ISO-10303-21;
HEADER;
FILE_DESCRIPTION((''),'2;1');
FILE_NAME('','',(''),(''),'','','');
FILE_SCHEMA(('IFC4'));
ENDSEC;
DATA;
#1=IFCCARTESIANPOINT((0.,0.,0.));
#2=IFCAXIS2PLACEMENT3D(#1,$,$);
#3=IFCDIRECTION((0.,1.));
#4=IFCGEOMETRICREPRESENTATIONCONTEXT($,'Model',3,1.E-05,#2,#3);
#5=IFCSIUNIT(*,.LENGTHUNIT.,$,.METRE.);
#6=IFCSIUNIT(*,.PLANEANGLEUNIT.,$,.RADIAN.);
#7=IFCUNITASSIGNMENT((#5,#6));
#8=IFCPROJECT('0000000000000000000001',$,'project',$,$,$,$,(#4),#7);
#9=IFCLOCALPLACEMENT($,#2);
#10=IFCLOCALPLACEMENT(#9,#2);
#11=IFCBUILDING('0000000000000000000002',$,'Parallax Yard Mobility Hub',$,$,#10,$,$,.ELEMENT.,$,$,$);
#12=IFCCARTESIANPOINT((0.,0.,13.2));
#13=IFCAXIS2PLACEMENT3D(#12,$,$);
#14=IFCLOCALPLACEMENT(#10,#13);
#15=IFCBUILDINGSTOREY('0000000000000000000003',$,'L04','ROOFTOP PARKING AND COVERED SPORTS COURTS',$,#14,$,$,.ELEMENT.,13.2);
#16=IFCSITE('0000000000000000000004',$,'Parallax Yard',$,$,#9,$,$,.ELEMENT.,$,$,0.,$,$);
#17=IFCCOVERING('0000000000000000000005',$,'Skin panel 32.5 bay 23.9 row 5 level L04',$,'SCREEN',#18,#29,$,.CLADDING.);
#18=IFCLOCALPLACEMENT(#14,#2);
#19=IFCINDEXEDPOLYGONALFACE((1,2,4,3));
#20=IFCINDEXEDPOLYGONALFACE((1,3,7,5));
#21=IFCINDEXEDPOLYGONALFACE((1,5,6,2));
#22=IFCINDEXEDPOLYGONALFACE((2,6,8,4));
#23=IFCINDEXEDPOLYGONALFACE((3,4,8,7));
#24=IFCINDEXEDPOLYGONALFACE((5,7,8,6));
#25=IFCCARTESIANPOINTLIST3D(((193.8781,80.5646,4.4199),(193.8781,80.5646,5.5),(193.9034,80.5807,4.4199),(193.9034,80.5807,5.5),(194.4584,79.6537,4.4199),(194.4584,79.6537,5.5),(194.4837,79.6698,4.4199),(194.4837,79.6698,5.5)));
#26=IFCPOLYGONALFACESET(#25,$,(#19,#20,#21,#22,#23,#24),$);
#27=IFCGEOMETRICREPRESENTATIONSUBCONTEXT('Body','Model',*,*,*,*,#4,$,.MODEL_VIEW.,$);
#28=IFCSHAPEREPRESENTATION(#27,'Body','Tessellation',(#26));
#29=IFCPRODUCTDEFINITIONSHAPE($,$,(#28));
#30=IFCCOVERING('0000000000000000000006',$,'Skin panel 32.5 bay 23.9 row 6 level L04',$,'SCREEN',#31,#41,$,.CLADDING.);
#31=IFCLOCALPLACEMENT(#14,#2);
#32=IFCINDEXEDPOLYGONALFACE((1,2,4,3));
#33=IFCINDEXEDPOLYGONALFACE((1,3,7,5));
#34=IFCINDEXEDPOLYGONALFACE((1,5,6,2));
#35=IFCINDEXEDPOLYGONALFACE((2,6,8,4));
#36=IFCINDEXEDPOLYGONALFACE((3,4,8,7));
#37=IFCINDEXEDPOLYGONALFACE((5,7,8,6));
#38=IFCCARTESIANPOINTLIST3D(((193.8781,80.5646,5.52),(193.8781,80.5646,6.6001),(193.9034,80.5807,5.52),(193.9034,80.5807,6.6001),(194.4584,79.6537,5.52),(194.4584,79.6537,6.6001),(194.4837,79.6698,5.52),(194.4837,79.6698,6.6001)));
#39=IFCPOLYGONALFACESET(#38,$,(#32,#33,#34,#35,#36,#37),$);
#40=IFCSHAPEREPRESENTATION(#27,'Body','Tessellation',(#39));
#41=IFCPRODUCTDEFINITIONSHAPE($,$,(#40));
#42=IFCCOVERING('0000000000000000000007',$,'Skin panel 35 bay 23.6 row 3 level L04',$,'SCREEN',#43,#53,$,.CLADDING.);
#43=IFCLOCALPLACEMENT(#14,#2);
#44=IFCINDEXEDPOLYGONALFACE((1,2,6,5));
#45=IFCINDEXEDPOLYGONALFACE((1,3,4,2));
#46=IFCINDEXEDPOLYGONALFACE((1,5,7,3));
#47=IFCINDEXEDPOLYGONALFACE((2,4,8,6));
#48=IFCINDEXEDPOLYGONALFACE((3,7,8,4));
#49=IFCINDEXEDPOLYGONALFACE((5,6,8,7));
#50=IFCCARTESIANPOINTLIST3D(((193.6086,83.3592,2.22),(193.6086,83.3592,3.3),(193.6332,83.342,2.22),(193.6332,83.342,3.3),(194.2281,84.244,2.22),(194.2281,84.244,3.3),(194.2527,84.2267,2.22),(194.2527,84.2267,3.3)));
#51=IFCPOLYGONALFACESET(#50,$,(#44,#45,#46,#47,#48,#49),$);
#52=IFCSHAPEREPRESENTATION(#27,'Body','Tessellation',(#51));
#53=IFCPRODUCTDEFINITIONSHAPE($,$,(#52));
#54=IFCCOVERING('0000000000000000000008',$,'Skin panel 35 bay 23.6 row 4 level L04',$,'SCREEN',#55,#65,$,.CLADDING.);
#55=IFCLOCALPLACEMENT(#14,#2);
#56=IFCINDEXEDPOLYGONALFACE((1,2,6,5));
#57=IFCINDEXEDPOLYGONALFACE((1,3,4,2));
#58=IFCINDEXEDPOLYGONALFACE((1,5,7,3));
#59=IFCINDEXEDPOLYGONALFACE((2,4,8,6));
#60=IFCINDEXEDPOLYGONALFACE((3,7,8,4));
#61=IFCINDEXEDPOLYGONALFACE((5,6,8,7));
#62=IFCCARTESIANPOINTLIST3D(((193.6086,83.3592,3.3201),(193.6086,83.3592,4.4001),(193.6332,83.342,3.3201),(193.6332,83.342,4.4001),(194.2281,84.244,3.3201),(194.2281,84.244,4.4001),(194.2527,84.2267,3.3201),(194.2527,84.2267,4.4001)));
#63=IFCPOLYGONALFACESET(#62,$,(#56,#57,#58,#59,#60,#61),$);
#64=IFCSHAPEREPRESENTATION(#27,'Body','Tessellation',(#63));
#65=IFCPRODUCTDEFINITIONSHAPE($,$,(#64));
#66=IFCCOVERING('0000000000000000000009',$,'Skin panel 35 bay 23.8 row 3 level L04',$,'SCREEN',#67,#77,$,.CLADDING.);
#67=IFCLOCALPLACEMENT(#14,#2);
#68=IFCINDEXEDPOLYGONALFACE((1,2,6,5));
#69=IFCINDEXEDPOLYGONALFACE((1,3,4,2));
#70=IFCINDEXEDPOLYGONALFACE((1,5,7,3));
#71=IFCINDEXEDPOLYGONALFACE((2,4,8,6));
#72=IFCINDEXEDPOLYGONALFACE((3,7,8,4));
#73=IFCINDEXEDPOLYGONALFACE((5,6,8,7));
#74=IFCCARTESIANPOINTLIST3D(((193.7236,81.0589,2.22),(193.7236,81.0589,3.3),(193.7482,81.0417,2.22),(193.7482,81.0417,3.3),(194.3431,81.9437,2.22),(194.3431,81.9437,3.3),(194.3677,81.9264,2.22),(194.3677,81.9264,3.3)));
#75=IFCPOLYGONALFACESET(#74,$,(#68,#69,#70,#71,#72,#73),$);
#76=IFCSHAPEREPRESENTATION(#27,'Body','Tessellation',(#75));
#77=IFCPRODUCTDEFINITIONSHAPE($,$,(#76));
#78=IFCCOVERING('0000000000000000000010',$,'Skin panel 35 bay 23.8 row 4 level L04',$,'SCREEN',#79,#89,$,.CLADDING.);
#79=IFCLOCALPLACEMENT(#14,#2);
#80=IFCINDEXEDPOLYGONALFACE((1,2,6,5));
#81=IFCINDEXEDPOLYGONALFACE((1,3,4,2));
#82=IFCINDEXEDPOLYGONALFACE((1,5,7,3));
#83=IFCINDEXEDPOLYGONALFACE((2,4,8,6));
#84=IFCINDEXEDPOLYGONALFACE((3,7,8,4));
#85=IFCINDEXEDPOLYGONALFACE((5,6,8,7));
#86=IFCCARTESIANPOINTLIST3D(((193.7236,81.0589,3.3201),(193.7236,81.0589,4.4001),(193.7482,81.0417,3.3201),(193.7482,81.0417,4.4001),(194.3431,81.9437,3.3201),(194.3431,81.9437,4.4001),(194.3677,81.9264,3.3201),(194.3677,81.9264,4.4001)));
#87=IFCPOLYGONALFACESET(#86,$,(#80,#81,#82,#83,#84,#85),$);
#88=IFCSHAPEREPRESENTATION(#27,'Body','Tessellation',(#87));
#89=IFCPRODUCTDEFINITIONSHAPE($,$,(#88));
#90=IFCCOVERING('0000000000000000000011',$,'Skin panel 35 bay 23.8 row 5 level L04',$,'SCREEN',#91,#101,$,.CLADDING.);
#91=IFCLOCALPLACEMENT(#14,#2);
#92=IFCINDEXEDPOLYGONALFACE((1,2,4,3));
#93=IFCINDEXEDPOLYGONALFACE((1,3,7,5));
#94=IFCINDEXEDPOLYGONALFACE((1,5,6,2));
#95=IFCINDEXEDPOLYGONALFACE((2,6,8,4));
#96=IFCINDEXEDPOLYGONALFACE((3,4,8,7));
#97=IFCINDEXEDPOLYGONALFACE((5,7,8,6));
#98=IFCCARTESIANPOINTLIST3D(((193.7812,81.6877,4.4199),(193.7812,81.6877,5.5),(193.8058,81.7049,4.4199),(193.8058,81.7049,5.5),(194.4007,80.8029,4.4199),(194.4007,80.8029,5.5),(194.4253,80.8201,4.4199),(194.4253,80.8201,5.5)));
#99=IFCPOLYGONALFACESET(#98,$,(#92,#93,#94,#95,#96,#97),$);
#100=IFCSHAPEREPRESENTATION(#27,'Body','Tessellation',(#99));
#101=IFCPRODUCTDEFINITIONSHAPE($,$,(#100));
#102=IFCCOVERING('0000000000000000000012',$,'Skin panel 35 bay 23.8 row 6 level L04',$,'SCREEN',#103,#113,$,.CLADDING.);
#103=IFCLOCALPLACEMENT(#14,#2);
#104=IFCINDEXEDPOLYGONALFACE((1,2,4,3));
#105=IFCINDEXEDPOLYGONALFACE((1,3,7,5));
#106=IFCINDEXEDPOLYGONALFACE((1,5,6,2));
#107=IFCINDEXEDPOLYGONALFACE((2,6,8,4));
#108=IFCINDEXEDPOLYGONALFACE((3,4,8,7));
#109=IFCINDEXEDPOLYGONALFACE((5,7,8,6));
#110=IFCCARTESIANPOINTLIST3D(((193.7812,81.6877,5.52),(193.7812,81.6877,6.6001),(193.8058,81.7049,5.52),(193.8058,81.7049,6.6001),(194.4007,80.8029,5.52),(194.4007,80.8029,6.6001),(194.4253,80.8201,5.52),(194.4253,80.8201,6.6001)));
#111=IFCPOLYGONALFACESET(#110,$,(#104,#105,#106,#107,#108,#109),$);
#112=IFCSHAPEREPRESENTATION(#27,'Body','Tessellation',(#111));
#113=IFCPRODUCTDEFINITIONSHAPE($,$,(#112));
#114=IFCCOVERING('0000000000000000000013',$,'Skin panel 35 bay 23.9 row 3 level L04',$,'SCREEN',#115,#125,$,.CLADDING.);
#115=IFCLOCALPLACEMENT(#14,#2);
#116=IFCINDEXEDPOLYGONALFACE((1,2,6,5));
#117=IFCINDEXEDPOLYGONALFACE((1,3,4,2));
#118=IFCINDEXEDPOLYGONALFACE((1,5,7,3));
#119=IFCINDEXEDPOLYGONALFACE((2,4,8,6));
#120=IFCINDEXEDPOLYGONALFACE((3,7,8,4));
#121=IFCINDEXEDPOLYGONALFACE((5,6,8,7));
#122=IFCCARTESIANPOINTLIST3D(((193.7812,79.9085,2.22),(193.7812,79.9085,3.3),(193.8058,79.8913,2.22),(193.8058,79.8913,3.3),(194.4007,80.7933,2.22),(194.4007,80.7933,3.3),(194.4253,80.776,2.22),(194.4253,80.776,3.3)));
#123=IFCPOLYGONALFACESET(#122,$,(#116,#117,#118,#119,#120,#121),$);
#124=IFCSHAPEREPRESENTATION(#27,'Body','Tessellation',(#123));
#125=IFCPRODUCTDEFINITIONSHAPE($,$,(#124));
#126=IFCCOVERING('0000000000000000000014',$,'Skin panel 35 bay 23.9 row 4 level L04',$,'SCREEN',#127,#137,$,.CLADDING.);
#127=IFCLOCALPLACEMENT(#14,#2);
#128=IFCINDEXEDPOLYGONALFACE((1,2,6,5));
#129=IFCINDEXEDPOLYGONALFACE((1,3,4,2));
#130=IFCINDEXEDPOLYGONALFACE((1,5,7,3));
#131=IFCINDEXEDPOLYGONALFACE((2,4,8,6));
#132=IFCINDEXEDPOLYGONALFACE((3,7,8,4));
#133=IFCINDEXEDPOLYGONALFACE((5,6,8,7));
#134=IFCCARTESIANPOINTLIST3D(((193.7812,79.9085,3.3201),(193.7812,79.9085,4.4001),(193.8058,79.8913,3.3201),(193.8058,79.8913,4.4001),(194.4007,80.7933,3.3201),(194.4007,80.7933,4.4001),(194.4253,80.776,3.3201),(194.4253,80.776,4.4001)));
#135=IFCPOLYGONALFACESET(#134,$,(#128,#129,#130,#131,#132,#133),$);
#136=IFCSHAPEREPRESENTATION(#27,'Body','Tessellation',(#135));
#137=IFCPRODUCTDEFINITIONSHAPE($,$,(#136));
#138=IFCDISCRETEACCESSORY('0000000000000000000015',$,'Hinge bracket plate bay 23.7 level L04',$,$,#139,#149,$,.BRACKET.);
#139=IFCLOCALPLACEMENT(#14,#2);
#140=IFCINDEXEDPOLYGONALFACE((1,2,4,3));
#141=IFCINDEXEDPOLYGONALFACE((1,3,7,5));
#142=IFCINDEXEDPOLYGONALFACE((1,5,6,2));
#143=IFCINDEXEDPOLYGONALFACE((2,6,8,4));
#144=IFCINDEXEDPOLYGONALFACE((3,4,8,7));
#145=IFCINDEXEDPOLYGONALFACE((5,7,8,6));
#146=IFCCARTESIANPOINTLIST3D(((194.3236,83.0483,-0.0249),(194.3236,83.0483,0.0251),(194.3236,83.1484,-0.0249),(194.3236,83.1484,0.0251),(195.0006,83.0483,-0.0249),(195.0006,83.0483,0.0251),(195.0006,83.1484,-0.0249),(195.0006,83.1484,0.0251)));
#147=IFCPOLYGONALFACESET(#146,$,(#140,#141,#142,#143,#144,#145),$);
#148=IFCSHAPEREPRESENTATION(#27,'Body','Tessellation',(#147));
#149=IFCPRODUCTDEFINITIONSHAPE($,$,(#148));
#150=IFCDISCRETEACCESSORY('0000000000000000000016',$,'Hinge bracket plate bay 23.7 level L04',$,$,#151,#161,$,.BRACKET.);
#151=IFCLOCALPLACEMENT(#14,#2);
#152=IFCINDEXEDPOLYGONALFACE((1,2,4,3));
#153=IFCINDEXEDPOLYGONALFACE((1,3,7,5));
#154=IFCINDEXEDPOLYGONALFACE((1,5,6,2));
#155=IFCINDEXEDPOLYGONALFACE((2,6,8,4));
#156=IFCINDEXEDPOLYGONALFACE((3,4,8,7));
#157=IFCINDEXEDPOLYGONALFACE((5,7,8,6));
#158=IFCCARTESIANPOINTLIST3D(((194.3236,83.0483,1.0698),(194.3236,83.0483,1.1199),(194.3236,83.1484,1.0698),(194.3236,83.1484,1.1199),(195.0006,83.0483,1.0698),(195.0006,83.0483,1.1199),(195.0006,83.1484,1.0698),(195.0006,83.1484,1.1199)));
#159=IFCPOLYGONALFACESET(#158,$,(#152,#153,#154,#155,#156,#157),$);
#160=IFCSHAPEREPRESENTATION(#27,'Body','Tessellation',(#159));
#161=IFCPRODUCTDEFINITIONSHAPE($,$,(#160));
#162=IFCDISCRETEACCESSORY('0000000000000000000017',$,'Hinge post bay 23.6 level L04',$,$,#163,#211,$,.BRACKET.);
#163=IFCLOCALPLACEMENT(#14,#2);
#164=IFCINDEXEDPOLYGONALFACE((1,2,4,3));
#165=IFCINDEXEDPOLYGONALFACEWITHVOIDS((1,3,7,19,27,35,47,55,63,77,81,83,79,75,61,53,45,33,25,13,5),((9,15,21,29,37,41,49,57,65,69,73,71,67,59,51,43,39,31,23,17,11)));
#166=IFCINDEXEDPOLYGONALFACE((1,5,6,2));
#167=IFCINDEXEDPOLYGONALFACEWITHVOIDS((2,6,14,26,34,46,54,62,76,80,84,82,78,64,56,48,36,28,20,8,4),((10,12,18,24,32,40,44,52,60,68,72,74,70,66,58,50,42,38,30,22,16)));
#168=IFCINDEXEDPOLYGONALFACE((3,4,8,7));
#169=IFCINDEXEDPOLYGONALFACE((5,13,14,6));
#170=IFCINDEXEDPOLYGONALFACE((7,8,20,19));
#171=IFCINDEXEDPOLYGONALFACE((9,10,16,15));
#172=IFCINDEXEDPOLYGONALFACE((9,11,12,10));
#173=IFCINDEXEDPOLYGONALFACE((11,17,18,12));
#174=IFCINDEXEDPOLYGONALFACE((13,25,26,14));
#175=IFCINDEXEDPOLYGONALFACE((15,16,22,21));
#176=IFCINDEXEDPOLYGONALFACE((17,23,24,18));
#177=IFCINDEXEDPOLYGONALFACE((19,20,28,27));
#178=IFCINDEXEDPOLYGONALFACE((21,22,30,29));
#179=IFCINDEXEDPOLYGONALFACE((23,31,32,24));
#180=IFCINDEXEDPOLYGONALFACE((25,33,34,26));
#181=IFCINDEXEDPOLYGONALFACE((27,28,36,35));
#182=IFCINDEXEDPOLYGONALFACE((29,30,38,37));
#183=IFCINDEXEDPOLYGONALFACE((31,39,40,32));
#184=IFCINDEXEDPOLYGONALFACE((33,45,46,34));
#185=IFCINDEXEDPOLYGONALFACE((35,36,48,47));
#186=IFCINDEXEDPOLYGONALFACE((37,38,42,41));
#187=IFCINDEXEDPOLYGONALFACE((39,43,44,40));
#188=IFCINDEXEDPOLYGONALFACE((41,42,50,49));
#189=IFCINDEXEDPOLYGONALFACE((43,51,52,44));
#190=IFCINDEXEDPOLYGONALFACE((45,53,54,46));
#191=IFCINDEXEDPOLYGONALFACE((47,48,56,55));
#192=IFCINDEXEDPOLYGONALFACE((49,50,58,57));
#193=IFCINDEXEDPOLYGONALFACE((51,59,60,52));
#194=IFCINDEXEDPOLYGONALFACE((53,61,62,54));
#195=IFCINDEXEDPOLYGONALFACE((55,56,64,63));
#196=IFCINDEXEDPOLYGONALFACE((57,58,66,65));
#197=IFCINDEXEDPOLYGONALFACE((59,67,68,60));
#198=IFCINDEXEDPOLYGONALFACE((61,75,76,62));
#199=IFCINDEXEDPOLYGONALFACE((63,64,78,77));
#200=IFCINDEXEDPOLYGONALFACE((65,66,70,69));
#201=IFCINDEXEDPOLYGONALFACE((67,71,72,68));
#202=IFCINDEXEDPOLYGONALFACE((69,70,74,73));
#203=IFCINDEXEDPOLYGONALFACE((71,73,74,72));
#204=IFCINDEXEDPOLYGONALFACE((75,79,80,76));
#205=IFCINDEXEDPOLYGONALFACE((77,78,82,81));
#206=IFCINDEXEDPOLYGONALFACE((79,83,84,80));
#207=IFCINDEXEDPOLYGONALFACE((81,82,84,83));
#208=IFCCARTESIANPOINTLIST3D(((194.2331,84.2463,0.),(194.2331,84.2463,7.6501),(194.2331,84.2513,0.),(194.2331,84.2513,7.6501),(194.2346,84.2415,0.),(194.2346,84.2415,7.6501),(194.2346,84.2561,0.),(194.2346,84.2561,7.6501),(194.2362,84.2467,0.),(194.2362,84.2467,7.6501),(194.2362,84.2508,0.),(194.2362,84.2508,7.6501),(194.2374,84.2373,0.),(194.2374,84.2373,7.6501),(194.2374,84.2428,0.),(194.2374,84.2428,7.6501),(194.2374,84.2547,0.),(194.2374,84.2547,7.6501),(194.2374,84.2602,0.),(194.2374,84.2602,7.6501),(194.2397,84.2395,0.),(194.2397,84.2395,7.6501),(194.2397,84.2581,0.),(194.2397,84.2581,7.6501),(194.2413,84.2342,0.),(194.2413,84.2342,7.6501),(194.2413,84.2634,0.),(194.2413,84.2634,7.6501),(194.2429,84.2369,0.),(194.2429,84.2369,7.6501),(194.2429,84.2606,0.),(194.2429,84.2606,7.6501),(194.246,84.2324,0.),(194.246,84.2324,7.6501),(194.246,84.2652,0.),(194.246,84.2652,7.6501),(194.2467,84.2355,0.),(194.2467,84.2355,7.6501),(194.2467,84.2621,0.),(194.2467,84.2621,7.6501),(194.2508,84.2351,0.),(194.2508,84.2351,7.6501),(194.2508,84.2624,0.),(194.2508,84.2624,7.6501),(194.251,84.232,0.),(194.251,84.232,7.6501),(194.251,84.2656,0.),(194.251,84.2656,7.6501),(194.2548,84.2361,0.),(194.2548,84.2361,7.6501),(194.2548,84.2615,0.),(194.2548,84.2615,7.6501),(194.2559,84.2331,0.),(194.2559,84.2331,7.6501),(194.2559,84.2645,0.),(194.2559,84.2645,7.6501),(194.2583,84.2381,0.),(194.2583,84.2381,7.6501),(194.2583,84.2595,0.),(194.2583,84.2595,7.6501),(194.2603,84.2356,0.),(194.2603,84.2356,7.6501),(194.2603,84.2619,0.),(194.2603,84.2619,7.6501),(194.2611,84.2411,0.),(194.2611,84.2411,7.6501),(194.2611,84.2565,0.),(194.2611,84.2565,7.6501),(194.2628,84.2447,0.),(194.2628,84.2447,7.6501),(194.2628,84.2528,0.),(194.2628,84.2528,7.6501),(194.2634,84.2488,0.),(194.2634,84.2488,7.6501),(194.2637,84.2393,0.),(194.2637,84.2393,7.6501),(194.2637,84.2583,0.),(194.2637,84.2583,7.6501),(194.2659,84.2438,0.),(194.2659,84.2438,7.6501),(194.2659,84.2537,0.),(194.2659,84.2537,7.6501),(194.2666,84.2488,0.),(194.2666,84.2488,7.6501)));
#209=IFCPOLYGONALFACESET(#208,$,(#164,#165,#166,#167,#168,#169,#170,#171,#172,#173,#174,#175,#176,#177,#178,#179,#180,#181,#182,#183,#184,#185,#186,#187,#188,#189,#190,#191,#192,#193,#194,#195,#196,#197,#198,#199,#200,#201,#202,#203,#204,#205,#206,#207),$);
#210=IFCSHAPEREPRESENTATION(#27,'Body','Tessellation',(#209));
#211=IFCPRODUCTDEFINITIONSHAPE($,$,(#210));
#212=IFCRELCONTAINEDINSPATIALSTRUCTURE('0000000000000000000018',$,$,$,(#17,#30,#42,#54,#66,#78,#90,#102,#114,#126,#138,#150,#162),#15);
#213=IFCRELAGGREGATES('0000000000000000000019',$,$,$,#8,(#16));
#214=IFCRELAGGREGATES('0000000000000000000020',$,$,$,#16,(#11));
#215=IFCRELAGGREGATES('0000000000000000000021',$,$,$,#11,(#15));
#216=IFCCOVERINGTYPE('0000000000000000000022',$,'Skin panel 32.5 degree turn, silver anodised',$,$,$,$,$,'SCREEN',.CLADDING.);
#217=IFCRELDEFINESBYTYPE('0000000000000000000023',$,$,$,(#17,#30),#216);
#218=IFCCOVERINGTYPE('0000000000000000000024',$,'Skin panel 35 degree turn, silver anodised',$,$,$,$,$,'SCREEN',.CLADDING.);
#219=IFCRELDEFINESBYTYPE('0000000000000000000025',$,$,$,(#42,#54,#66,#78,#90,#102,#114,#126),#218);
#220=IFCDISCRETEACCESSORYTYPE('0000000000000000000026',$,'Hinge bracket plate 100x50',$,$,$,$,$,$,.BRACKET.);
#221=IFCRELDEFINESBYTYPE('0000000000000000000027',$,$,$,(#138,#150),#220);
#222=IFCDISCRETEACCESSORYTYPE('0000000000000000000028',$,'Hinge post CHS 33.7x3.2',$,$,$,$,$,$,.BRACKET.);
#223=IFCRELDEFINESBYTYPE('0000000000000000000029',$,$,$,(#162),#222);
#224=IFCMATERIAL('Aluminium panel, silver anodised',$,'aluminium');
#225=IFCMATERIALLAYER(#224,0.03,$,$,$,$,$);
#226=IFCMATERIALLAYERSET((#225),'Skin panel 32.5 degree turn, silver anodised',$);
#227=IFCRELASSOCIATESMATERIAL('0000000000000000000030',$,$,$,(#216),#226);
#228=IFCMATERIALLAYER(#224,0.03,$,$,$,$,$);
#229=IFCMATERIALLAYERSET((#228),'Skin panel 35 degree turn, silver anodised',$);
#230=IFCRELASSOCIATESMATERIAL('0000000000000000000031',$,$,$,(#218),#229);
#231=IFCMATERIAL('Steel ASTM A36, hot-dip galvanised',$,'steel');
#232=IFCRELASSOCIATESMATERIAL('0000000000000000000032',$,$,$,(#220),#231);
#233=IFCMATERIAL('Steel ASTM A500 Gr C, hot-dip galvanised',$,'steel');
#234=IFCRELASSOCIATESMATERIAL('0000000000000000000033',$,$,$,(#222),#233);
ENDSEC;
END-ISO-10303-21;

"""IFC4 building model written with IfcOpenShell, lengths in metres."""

from ifc_helpers import new_model, si_unit, direction, frame, origin, origin_2d, place, context, subcontext, project, spatial, rectangle, hollow_circle, extrude, material, layer, layer_set, material_profile, profile_set, type_object, element, save


model = new_model("IFC4")

# Units and contexts
model_context = context("Model", 3, precision=1e-05, world=origin(), true_north=direction((0.0, 1.0)))
body_context = subcontext(model_context, "Body", "Model", "MODEL_VIEW")
ifc_project = project(units=[si_unit("LENGTHUNIT", "METRE"), si_unit("PLANEANGLEUNIT", "RADIAN")], contexts=[model_context])

# Site, building, storey
site_placement = place(None, origin())
site = spatial("IfcSite", under=ifc_project, at=site_placement, Name="Parallax Yard", CompositionType="ELEMENT", RefElevation=0.0)
building_placement = place(site_placement, origin())
building = spatial("IfcBuilding", under=site, at=building_placement, Name="Parallax Yard Mobility Hub", CompositionType="ELEMENT")
storey_placement = place(building_placement, frame((0.0, 0.0, 13.2)))
storey = spatial("IfcBuildingStorey", under=building, at=storey_placement, Name="L04", Description="ROOFTOP PARKING AND COVERED SPORTS COURTS", CompositionType="ELEMENT", Elevation=13.2)

# Coverings
ifc_material_1 = material(Name="Aluminium panel, silver anodised", Category="aluminium")
ifc_layer_1 = layer(ifc_material_1, 0.03)
ifc_layer_set_1 = layer_set([ifc_layer_1], Name="Skin panel 32.5 degree turn, silver anodised")
covering_type_1 = type_object("IfcCoveringType", Name="Skin panel 32.5 degree turn, silver anodised", ElementType="SCREEN", PredefinedType="CLADDING", material=ifc_layer_set_1)
for number, where, z_axis, x_axis, name in (
    (1, (194.1809, 80.1172, 4.4199), (0.0, 0.0, 1.0), (-0.5373, 0.843391, 0.0), "Skin panel 32.5 bay 23.9 row 5 level L04"),
    (2, (194.1809, 80.1172, 5.52), (0.0, 0.0, 1.0), (-0.5373, 0.843391, 0.0), "Skin panel 32.5 bay 23.9 row 6 level L04"),
):
    element("IfcCovering", number, at=place(storey_placement, frame(where, z_axis=z_axis, x_axis=x_axis)), inside=storey, type_object=covering_type_1, Name=name, ObjectType="SCREEN", PredefinedType="CLADDING", context=body_context, shape_type="SweptSolid", body=[
        extrude(rectangle(XDim=1.0801, YDim=0.03, at=origin_2d()), origin(), (0.0, 0.0, 1.0), 1.0801),
    ])
ifc_layer_2 = layer(ifc_material_1, 0.03)
ifc_layer_set_2 = layer_set([ifc_layer_2], Name="Skin panel 35 degree turn, silver anodised")
covering_type_2 = type_object("IfcCoveringType", Name="Skin panel 35 degree turn, silver anodised", ElementType="SCREEN", PredefinedType="CLADDING", material=ifc_layer_set_2)
for number, where, z_axis, x_axis, name in (
    (3, (193.9307, 83.793, 2.22), (0.0, 0.0, 1.0), (-0.573576, -0.819152, 0.0), "Skin panel 35 bay 23.6 row 3 level L04"),
    (4, (193.9307, 83.793, 3.3201), (0.0, 0.0, 1.0), (-0.573576, -0.819152, 0.0), "Skin panel 35 bay 23.6 row 4 level L04"),
    (5, (194.0457, 81.4927, 2.22), (0.0, 0.0, 1.0), (-0.573576, -0.819152, 0.0), "Skin panel 35 bay 23.8 row 3 level L04"),
    (6, (194.0457, 81.4927, 3.3201), (0.0, 0.0, 1.0), (-0.573576, -0.819152, 0.0), "Skin panel 35 bay 23.8 row 4 level L04"),
    (7, (194.1033, 81.2539, 4.4199), (0.0, 0.0, 1.0), (-0.573576, 0.819152, 0.0), "Skin panel 35 bay 23.8 row 5 level L04"),
    (8, (194.1033, 81.2539, 5.52), (0.0, 0.0, 1.0), (-0.573576, 0.819152, 0.0), "Skin panel 35 bay 23.8 row 6 level L04"),
    (9, (194.1033, 80.3423, 2.22), (0.0, 0.0, 1.0), (-0.573576, -0.819152, 0.0), "Skin panel 35 bay 23.9 row 3 level L04"),
    (10, (194.1033, 80.3423, 3.3201), (0.0, 0.0, 1.0), (-0.573576, -0.819152, 0.0), "Skin panel 35 bay 23.9 row 4 level L04"),
):
    element("IfcCovering", number, at=place(storey_placement, frame(where, z_axis=z_axis, x_axis=x_axis)), inside=storey, type_object=covering_type_2, Name=name, ObjectType="SCREEN", PredefinedType="CLADDING", context=body_context, shape_type="SweptSolid", body=[
        extrude(rectangle(XDim=1.0801, YDim=0.03, at=origin_2d()), origin(), (0.0, 0.0, 1.0), 1.0801),
    ])

# Discrete accessories
ifc_material_2 = material(Name="Steel ASTM A36, hot-dip galvanised", Category="steel")
discrete_accessory_type_1 = type_object("IfcDiscreteAccessoryType", Name="Hinge bracket plate 100x50", PredefinedType="BRACKET", material=ifc_material_2)
for number, where, z_axis, x_axis, name in (
    (11, (194.6621, 83.0984, -0.0249), (0.0, 0.0, 1.0), (-1.0, 0.0, 0.0), "Hinge bracket plate bay 23.7 level L04"),
    (12, (194.6621, 83.0984, 1.0698), (0.0, 0.0, 1.0), (-1.0, 0.0, 0.0), "Hinge bracket plate bay 23.7 level L04"),
):
    element("IfcDiscreteAccessory", number, at=place(storey_placement, frame(where, z_axis=z_axis, x_axis=x_axis)), inside=storey, type_object=discrete_accessory_type_1, Name=name, PredefinedType="BRACKET", context=body_context, shape_type="SweptSolid", body=[
        extrude(rectangle(XDim=0.677, YDim=0.1001, at=origin_2d()), origin(), (0.0, 0.0, 1.0), 0.05),
    ])
ifc_material_3 = material(Name="Steel ASTM A500 Gr C, hot-dip galvanised", Category="steel")
ifc_material_profile = material_profile(ifc_material_3, hollow_circle(Radius=0.0168, WallThickness=0.0032, at=origin_2d()), Name="CHS 33.7x3.2")
ifc_profile_set = profile_set([ifc_material_profile], Name="Steel ASTM A500 Gr C, hot-dip galvanised")
discrete_accessory_type_2 = type_object("IfcDiscreteAccessoryType", Name="Hinge post CHS 33.7x3.2", PredefinedType="BRACKET", material=ifc_profile_set)
for number, where, z_axis, x_axis, name in (
    (13, (194.2498, 84.2488, 0.0), (0.0, 0.0, 1.0), (1.0, 0.0, 0.0), "Hinge post bay 23.6 level L04"),
):
    element("IfcDiscreteAccessory", number, at=place(storey_placement, frame(where, z_axis=z_axis, x_axis=x_axis)), inside=storey, type_object=discrete_accessory_type_2, Name=name, PredefinedType="BRACKET", context=body_context, shape_type="SweptSolid", body=[
        extrude(hollow_circle(Radius=0.0168, WallThickness=0.0032, at=origin_2d()), origin(), (0.0, 0.0, 1.0), 7.6501),
    ])

save(model, "model.ifc")
